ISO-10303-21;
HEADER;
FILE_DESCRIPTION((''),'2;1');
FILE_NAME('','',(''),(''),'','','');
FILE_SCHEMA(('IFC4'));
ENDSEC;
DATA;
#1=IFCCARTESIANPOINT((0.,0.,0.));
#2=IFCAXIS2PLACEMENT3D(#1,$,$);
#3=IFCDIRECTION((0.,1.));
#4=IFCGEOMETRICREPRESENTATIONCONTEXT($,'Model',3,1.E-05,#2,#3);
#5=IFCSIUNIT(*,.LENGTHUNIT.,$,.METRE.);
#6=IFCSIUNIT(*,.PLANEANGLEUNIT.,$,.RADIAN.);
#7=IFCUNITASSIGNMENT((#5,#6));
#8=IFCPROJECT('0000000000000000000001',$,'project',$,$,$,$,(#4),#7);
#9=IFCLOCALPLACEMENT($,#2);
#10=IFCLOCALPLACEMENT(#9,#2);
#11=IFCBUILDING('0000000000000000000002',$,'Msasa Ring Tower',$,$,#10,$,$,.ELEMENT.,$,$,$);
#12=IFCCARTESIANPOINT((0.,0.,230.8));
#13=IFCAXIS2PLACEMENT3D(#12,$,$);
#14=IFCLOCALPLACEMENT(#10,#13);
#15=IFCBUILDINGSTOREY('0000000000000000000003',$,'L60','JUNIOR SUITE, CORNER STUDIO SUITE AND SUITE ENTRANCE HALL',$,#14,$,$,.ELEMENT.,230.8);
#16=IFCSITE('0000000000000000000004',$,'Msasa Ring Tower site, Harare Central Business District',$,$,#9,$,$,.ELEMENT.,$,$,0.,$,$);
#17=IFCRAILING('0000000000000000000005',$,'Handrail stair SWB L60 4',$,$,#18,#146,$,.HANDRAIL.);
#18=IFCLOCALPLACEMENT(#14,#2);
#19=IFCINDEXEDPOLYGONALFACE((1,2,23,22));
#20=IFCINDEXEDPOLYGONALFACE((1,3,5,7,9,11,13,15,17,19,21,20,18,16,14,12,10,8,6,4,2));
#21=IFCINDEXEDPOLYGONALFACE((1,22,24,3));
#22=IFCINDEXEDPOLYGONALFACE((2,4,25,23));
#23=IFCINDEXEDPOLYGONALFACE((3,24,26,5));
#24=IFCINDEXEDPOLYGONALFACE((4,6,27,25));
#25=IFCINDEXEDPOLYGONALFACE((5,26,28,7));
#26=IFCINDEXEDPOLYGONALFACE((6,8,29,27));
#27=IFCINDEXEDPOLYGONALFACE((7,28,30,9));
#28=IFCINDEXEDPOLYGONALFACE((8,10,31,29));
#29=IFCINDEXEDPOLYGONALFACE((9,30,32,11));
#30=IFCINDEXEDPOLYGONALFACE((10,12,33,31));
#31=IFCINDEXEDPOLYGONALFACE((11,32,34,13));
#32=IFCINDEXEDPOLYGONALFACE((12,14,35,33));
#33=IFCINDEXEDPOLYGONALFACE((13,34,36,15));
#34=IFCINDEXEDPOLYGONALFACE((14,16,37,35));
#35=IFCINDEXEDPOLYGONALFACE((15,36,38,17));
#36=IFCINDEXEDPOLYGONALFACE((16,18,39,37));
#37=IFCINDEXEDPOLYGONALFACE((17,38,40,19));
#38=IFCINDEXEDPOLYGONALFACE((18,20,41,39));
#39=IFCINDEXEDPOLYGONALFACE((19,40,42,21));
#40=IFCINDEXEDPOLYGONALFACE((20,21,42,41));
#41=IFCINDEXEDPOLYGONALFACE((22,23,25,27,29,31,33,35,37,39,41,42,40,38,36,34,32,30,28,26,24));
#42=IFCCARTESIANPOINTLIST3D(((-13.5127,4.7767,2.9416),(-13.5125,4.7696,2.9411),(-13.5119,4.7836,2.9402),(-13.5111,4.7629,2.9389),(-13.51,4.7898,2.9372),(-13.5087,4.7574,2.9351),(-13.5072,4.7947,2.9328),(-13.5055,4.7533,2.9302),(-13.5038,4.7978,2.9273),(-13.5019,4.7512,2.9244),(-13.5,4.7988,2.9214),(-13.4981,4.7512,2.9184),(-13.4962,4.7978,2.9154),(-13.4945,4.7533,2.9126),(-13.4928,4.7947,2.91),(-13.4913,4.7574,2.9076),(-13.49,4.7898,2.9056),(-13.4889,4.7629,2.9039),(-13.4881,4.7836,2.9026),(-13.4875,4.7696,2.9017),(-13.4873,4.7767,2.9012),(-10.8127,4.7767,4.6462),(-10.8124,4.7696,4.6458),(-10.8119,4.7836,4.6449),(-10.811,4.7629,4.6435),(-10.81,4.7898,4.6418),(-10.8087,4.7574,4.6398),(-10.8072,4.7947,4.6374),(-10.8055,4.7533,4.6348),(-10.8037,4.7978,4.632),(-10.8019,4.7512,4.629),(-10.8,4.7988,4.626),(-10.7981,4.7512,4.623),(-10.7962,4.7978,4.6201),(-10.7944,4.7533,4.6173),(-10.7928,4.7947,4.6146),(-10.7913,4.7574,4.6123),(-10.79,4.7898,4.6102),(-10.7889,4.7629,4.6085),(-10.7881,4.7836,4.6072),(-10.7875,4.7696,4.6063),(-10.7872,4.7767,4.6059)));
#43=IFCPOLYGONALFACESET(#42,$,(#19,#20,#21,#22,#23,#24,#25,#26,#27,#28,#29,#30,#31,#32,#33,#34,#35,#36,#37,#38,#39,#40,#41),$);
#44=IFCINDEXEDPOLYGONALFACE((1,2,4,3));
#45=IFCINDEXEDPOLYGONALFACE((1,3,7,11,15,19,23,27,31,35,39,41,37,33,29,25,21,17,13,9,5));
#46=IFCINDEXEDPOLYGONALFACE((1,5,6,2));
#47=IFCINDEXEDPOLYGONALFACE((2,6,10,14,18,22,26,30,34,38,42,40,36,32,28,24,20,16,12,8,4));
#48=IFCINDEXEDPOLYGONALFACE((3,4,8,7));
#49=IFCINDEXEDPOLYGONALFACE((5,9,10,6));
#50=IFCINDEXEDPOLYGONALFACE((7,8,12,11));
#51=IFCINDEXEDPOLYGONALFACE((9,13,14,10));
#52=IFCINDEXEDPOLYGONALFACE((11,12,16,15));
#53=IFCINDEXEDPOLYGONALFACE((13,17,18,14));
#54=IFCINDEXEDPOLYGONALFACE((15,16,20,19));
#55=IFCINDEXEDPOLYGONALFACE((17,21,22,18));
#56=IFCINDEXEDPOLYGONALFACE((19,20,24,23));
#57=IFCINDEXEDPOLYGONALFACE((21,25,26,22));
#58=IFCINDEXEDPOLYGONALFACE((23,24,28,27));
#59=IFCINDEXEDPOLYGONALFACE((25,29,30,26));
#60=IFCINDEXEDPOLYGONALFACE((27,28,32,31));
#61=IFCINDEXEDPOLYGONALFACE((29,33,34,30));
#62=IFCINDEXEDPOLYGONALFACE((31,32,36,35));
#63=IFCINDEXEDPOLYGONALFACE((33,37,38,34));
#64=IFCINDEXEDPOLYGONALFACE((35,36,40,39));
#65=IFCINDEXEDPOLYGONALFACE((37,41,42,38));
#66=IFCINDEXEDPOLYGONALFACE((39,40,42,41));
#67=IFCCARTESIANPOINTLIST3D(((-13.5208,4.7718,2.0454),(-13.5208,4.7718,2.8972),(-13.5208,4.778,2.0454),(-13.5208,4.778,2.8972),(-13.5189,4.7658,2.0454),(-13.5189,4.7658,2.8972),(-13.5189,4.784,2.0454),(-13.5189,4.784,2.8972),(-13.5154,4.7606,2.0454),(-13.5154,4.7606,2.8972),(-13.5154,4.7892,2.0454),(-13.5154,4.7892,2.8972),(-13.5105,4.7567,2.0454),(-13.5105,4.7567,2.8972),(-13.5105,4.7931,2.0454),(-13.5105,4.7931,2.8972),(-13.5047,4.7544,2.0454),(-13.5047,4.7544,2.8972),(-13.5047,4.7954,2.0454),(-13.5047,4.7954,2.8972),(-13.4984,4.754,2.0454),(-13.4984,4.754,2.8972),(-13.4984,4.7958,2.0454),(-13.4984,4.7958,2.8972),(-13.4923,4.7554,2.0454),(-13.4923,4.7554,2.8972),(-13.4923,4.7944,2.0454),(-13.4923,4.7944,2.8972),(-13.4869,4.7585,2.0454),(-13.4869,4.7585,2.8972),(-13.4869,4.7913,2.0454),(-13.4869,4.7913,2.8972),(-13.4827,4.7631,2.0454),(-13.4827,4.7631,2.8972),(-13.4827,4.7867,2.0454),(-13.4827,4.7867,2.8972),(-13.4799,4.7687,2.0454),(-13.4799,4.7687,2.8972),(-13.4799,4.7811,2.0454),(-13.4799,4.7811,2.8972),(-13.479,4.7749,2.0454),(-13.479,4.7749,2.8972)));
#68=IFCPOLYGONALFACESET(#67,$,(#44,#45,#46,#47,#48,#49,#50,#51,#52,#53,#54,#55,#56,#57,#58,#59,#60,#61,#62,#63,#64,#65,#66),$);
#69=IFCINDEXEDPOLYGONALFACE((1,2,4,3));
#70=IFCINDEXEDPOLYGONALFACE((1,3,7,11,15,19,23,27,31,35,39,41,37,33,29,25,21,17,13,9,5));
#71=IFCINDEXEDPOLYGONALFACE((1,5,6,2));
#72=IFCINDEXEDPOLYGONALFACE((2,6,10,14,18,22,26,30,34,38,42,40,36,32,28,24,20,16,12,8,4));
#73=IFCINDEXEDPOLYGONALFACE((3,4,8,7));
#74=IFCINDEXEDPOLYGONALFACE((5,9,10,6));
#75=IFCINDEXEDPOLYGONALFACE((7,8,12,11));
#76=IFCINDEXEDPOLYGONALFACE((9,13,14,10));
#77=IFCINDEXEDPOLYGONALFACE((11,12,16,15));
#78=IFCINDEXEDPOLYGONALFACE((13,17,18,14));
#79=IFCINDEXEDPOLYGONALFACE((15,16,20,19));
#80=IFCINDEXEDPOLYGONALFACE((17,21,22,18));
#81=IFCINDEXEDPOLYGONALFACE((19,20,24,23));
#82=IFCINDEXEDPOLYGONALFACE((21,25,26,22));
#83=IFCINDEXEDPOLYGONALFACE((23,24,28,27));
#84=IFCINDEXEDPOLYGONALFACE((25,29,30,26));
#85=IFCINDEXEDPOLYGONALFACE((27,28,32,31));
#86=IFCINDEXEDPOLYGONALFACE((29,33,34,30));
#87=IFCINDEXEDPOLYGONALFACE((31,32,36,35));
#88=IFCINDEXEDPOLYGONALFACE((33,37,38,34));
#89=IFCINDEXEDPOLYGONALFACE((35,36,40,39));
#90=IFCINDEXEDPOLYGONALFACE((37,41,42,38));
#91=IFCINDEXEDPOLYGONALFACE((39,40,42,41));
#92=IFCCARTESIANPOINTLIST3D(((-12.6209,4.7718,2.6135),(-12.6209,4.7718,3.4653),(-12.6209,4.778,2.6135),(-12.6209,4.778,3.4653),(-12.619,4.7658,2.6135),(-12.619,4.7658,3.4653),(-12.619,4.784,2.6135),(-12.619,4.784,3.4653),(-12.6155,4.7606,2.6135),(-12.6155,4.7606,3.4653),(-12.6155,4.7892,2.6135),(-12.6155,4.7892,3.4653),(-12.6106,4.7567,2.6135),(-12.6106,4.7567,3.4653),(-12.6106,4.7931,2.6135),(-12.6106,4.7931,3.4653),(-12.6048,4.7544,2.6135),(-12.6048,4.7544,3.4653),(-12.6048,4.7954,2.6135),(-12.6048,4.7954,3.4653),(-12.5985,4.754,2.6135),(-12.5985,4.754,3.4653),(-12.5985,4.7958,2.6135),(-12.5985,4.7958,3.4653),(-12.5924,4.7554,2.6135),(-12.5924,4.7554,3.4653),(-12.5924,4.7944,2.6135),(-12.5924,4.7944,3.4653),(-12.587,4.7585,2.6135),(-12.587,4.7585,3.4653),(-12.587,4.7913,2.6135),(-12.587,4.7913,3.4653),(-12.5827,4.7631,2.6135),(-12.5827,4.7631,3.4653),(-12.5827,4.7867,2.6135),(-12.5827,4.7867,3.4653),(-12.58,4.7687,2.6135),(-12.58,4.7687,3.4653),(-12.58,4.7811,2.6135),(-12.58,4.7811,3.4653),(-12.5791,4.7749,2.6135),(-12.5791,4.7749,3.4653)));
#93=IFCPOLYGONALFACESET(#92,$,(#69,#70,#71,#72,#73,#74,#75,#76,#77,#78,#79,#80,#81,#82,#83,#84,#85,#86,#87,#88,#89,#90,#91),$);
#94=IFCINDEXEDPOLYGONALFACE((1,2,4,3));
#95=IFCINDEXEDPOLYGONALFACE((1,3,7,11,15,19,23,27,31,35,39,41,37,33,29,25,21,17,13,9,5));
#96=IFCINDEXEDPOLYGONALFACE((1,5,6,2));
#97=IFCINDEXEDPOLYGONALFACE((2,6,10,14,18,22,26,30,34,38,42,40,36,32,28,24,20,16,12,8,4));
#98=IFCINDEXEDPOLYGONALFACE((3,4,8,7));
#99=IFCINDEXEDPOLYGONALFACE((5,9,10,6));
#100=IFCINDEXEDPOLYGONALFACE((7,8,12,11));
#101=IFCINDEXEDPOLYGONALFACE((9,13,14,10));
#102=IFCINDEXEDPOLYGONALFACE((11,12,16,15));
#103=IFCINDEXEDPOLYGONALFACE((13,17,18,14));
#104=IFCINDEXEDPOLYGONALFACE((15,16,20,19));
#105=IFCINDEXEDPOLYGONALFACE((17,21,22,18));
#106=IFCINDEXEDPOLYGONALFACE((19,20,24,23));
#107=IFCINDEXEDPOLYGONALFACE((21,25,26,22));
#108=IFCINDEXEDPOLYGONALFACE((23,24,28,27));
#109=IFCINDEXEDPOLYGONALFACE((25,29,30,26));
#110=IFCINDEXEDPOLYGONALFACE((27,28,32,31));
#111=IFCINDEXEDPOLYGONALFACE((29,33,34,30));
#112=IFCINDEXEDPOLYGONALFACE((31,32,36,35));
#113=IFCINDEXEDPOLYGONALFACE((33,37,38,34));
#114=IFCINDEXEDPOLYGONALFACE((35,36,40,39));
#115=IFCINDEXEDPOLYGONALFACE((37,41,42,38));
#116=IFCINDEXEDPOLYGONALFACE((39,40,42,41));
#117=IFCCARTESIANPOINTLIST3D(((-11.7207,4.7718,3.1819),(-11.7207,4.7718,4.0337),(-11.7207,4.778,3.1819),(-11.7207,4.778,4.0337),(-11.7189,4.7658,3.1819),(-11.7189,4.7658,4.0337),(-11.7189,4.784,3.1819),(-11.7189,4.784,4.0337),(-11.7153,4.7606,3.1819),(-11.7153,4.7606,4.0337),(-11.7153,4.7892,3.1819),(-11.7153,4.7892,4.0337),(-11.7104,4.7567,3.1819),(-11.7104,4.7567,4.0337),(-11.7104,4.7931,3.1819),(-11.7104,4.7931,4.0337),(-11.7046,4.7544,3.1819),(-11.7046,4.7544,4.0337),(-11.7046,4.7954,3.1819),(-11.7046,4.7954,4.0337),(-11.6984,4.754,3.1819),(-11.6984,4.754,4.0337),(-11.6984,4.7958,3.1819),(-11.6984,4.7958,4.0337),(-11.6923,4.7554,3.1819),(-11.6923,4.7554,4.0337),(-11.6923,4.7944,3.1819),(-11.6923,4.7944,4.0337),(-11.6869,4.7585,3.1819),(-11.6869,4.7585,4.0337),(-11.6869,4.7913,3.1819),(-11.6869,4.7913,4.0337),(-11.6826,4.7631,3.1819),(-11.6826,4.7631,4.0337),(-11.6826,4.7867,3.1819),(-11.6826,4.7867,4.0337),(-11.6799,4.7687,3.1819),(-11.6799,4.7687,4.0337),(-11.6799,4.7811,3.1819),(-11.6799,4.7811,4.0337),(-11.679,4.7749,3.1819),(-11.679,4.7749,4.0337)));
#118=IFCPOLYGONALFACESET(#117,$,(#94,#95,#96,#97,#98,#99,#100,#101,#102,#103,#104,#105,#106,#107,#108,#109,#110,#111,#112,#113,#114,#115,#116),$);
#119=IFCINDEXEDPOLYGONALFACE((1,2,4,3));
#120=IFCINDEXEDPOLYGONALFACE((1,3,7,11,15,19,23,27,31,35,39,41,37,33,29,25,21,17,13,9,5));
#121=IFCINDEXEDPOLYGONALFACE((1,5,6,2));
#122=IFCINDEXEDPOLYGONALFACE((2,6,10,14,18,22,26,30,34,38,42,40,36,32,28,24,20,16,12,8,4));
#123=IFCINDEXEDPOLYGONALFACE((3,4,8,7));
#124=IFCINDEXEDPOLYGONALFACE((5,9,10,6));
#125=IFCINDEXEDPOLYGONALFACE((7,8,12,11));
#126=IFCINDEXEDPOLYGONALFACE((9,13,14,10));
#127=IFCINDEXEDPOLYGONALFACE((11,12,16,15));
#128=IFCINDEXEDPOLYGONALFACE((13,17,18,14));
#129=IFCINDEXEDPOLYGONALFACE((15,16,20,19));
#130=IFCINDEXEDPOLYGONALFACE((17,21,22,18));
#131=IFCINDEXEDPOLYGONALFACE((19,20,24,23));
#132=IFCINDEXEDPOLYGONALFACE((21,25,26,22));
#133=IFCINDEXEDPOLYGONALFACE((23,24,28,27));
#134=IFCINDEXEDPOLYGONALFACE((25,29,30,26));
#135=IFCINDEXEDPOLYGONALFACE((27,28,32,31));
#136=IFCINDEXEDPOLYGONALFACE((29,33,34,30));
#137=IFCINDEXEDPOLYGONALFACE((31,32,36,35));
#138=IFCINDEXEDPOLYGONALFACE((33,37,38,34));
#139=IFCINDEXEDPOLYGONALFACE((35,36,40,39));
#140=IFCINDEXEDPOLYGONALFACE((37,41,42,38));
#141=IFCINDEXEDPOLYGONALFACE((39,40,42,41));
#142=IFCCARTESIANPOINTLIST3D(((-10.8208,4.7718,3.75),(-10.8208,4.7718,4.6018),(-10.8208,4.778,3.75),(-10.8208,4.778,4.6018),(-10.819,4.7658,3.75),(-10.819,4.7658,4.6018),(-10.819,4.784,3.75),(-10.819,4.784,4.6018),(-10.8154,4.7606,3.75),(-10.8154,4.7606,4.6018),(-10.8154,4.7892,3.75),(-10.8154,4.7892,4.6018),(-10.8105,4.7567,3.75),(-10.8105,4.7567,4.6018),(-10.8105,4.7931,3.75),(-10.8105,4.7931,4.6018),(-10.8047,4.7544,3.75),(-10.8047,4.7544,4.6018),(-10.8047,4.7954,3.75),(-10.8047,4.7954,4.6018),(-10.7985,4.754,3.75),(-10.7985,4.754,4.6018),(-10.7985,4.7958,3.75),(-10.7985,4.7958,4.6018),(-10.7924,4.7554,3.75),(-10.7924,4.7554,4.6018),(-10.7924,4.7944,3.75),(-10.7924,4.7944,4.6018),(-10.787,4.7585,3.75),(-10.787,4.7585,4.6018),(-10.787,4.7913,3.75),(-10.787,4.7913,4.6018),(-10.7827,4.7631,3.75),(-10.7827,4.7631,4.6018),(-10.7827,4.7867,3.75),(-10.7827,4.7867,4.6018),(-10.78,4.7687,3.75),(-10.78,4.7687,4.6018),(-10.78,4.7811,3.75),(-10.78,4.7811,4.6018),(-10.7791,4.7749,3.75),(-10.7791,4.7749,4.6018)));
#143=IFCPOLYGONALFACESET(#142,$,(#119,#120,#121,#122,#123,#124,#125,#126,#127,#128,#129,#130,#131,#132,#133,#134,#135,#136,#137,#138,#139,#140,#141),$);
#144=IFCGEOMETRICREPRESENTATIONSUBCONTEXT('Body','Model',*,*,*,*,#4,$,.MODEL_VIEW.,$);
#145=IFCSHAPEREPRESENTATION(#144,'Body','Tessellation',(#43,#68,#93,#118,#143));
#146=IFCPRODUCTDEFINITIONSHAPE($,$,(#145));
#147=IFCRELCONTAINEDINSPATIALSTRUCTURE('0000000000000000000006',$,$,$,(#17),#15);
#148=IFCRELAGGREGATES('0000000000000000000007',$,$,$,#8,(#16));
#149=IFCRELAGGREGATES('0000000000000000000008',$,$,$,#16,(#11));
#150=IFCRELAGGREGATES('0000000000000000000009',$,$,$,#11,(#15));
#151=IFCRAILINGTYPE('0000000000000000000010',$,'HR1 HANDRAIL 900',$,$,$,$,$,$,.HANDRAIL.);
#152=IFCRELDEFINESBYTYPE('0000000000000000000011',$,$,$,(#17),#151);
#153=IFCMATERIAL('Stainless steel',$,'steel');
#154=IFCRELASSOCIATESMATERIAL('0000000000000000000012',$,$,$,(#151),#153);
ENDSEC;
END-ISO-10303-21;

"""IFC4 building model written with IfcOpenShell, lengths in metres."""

from ifc_helpers import new_model, si_unit, direction, frame, origin, origin_2d, place, context, subcontext, project, spatial, circle, extrude, material, type_object, element, save


model = new_model("IFC4")

# Units and contexts
model_context = context("Model", 3, precision=1e-05, world=origin(), true_north=direction((0.0, 1.0)))
body_context = subcontext(model_context, "Body", "Model", "MODEL_VIEW")
ifc_project = project(units=[si_unit("LENGTHUNIT", "METRE"), si_unit("PLANEANGLEUNIT", "RADIAN")], contexts=[model_context])

# Site, building, storey
site_placement = place(None, origin())
site = spatial("IfcSite", under=ifc_project, at=site_placement, Name="Msasa Ring Tower site, Harare Central Business District", CompositionType="ELEMENT", RefElevation=0.0)
building_placement = place(site_placement, origin())
building = spatial("IfcBuilding", under=site, at=building_placement, Name="Msasa Ring Tower", CompositionType="ELEMENT")
storey_placement = place(building_placement, frame((0.0, 0.0, 230.8)))
storey = spatial("IfcBuildingStorey", under=building, at=storey_placement, Name="L60", Description="JUNIOR SUITE, CORNER STUDIO SUITE AND SUITE ENTRANCE HALL", CompositionType="ELEMENT", Elevation=230.8)

# Railing
ifc_material_1 = material(Name="Stainless steel", Category="steel")
railing_type = type_object("IfcRailingType", Name="HR1 HANDRAIL 900", PredefinedType="HANDRAIL", material=ifc_material_1)
for number, where, name in (
    (1, (-13.5, 4.7749, 2.0454), "Handrail stair SWB L60 4"),
):
    element("IfcRailing", number, at=place(storey_placement, frame(where)), inside=storey, type_object=railing_type, Name=name, PredefinedType="HANDRAIL", context=body_context, shape_type="SweptSolid", body=[
        extrude(circle(Radius=0.0239, at=origin_2d()), frame((0.0, 0.0, 0.876), z_axis=(0.84558, 0.0, 0.533849), x_axis=(0.0, 1.0, 0.0)), (0.0, 0.0, 1.0), 3.1931),
        extrude(circle(Radius=0.021, at=origin_2d()), origin(), (0.0, 0.0, 1.0), 0.8518),
        extrude(circle(Radius=0.021, at=origin_2d()), frame((0.8999, 0.0, 0.5681)), (0.0, 0.0, 1.0), 0.8518),
        extrude(circle(Radius=0.021, at=origin_2d()), frame((1.8, 0.0, 1.1365)), (0.0, 0.0, 1.0), 0.8518),
        extrude(circle(Radius=0.021, at=origin_2d()), frame((2.7, 0.0, 1.7046)), (0.0, 0.0, 1.0), 0.8518),
    ])

save(model, "model.ifc")
